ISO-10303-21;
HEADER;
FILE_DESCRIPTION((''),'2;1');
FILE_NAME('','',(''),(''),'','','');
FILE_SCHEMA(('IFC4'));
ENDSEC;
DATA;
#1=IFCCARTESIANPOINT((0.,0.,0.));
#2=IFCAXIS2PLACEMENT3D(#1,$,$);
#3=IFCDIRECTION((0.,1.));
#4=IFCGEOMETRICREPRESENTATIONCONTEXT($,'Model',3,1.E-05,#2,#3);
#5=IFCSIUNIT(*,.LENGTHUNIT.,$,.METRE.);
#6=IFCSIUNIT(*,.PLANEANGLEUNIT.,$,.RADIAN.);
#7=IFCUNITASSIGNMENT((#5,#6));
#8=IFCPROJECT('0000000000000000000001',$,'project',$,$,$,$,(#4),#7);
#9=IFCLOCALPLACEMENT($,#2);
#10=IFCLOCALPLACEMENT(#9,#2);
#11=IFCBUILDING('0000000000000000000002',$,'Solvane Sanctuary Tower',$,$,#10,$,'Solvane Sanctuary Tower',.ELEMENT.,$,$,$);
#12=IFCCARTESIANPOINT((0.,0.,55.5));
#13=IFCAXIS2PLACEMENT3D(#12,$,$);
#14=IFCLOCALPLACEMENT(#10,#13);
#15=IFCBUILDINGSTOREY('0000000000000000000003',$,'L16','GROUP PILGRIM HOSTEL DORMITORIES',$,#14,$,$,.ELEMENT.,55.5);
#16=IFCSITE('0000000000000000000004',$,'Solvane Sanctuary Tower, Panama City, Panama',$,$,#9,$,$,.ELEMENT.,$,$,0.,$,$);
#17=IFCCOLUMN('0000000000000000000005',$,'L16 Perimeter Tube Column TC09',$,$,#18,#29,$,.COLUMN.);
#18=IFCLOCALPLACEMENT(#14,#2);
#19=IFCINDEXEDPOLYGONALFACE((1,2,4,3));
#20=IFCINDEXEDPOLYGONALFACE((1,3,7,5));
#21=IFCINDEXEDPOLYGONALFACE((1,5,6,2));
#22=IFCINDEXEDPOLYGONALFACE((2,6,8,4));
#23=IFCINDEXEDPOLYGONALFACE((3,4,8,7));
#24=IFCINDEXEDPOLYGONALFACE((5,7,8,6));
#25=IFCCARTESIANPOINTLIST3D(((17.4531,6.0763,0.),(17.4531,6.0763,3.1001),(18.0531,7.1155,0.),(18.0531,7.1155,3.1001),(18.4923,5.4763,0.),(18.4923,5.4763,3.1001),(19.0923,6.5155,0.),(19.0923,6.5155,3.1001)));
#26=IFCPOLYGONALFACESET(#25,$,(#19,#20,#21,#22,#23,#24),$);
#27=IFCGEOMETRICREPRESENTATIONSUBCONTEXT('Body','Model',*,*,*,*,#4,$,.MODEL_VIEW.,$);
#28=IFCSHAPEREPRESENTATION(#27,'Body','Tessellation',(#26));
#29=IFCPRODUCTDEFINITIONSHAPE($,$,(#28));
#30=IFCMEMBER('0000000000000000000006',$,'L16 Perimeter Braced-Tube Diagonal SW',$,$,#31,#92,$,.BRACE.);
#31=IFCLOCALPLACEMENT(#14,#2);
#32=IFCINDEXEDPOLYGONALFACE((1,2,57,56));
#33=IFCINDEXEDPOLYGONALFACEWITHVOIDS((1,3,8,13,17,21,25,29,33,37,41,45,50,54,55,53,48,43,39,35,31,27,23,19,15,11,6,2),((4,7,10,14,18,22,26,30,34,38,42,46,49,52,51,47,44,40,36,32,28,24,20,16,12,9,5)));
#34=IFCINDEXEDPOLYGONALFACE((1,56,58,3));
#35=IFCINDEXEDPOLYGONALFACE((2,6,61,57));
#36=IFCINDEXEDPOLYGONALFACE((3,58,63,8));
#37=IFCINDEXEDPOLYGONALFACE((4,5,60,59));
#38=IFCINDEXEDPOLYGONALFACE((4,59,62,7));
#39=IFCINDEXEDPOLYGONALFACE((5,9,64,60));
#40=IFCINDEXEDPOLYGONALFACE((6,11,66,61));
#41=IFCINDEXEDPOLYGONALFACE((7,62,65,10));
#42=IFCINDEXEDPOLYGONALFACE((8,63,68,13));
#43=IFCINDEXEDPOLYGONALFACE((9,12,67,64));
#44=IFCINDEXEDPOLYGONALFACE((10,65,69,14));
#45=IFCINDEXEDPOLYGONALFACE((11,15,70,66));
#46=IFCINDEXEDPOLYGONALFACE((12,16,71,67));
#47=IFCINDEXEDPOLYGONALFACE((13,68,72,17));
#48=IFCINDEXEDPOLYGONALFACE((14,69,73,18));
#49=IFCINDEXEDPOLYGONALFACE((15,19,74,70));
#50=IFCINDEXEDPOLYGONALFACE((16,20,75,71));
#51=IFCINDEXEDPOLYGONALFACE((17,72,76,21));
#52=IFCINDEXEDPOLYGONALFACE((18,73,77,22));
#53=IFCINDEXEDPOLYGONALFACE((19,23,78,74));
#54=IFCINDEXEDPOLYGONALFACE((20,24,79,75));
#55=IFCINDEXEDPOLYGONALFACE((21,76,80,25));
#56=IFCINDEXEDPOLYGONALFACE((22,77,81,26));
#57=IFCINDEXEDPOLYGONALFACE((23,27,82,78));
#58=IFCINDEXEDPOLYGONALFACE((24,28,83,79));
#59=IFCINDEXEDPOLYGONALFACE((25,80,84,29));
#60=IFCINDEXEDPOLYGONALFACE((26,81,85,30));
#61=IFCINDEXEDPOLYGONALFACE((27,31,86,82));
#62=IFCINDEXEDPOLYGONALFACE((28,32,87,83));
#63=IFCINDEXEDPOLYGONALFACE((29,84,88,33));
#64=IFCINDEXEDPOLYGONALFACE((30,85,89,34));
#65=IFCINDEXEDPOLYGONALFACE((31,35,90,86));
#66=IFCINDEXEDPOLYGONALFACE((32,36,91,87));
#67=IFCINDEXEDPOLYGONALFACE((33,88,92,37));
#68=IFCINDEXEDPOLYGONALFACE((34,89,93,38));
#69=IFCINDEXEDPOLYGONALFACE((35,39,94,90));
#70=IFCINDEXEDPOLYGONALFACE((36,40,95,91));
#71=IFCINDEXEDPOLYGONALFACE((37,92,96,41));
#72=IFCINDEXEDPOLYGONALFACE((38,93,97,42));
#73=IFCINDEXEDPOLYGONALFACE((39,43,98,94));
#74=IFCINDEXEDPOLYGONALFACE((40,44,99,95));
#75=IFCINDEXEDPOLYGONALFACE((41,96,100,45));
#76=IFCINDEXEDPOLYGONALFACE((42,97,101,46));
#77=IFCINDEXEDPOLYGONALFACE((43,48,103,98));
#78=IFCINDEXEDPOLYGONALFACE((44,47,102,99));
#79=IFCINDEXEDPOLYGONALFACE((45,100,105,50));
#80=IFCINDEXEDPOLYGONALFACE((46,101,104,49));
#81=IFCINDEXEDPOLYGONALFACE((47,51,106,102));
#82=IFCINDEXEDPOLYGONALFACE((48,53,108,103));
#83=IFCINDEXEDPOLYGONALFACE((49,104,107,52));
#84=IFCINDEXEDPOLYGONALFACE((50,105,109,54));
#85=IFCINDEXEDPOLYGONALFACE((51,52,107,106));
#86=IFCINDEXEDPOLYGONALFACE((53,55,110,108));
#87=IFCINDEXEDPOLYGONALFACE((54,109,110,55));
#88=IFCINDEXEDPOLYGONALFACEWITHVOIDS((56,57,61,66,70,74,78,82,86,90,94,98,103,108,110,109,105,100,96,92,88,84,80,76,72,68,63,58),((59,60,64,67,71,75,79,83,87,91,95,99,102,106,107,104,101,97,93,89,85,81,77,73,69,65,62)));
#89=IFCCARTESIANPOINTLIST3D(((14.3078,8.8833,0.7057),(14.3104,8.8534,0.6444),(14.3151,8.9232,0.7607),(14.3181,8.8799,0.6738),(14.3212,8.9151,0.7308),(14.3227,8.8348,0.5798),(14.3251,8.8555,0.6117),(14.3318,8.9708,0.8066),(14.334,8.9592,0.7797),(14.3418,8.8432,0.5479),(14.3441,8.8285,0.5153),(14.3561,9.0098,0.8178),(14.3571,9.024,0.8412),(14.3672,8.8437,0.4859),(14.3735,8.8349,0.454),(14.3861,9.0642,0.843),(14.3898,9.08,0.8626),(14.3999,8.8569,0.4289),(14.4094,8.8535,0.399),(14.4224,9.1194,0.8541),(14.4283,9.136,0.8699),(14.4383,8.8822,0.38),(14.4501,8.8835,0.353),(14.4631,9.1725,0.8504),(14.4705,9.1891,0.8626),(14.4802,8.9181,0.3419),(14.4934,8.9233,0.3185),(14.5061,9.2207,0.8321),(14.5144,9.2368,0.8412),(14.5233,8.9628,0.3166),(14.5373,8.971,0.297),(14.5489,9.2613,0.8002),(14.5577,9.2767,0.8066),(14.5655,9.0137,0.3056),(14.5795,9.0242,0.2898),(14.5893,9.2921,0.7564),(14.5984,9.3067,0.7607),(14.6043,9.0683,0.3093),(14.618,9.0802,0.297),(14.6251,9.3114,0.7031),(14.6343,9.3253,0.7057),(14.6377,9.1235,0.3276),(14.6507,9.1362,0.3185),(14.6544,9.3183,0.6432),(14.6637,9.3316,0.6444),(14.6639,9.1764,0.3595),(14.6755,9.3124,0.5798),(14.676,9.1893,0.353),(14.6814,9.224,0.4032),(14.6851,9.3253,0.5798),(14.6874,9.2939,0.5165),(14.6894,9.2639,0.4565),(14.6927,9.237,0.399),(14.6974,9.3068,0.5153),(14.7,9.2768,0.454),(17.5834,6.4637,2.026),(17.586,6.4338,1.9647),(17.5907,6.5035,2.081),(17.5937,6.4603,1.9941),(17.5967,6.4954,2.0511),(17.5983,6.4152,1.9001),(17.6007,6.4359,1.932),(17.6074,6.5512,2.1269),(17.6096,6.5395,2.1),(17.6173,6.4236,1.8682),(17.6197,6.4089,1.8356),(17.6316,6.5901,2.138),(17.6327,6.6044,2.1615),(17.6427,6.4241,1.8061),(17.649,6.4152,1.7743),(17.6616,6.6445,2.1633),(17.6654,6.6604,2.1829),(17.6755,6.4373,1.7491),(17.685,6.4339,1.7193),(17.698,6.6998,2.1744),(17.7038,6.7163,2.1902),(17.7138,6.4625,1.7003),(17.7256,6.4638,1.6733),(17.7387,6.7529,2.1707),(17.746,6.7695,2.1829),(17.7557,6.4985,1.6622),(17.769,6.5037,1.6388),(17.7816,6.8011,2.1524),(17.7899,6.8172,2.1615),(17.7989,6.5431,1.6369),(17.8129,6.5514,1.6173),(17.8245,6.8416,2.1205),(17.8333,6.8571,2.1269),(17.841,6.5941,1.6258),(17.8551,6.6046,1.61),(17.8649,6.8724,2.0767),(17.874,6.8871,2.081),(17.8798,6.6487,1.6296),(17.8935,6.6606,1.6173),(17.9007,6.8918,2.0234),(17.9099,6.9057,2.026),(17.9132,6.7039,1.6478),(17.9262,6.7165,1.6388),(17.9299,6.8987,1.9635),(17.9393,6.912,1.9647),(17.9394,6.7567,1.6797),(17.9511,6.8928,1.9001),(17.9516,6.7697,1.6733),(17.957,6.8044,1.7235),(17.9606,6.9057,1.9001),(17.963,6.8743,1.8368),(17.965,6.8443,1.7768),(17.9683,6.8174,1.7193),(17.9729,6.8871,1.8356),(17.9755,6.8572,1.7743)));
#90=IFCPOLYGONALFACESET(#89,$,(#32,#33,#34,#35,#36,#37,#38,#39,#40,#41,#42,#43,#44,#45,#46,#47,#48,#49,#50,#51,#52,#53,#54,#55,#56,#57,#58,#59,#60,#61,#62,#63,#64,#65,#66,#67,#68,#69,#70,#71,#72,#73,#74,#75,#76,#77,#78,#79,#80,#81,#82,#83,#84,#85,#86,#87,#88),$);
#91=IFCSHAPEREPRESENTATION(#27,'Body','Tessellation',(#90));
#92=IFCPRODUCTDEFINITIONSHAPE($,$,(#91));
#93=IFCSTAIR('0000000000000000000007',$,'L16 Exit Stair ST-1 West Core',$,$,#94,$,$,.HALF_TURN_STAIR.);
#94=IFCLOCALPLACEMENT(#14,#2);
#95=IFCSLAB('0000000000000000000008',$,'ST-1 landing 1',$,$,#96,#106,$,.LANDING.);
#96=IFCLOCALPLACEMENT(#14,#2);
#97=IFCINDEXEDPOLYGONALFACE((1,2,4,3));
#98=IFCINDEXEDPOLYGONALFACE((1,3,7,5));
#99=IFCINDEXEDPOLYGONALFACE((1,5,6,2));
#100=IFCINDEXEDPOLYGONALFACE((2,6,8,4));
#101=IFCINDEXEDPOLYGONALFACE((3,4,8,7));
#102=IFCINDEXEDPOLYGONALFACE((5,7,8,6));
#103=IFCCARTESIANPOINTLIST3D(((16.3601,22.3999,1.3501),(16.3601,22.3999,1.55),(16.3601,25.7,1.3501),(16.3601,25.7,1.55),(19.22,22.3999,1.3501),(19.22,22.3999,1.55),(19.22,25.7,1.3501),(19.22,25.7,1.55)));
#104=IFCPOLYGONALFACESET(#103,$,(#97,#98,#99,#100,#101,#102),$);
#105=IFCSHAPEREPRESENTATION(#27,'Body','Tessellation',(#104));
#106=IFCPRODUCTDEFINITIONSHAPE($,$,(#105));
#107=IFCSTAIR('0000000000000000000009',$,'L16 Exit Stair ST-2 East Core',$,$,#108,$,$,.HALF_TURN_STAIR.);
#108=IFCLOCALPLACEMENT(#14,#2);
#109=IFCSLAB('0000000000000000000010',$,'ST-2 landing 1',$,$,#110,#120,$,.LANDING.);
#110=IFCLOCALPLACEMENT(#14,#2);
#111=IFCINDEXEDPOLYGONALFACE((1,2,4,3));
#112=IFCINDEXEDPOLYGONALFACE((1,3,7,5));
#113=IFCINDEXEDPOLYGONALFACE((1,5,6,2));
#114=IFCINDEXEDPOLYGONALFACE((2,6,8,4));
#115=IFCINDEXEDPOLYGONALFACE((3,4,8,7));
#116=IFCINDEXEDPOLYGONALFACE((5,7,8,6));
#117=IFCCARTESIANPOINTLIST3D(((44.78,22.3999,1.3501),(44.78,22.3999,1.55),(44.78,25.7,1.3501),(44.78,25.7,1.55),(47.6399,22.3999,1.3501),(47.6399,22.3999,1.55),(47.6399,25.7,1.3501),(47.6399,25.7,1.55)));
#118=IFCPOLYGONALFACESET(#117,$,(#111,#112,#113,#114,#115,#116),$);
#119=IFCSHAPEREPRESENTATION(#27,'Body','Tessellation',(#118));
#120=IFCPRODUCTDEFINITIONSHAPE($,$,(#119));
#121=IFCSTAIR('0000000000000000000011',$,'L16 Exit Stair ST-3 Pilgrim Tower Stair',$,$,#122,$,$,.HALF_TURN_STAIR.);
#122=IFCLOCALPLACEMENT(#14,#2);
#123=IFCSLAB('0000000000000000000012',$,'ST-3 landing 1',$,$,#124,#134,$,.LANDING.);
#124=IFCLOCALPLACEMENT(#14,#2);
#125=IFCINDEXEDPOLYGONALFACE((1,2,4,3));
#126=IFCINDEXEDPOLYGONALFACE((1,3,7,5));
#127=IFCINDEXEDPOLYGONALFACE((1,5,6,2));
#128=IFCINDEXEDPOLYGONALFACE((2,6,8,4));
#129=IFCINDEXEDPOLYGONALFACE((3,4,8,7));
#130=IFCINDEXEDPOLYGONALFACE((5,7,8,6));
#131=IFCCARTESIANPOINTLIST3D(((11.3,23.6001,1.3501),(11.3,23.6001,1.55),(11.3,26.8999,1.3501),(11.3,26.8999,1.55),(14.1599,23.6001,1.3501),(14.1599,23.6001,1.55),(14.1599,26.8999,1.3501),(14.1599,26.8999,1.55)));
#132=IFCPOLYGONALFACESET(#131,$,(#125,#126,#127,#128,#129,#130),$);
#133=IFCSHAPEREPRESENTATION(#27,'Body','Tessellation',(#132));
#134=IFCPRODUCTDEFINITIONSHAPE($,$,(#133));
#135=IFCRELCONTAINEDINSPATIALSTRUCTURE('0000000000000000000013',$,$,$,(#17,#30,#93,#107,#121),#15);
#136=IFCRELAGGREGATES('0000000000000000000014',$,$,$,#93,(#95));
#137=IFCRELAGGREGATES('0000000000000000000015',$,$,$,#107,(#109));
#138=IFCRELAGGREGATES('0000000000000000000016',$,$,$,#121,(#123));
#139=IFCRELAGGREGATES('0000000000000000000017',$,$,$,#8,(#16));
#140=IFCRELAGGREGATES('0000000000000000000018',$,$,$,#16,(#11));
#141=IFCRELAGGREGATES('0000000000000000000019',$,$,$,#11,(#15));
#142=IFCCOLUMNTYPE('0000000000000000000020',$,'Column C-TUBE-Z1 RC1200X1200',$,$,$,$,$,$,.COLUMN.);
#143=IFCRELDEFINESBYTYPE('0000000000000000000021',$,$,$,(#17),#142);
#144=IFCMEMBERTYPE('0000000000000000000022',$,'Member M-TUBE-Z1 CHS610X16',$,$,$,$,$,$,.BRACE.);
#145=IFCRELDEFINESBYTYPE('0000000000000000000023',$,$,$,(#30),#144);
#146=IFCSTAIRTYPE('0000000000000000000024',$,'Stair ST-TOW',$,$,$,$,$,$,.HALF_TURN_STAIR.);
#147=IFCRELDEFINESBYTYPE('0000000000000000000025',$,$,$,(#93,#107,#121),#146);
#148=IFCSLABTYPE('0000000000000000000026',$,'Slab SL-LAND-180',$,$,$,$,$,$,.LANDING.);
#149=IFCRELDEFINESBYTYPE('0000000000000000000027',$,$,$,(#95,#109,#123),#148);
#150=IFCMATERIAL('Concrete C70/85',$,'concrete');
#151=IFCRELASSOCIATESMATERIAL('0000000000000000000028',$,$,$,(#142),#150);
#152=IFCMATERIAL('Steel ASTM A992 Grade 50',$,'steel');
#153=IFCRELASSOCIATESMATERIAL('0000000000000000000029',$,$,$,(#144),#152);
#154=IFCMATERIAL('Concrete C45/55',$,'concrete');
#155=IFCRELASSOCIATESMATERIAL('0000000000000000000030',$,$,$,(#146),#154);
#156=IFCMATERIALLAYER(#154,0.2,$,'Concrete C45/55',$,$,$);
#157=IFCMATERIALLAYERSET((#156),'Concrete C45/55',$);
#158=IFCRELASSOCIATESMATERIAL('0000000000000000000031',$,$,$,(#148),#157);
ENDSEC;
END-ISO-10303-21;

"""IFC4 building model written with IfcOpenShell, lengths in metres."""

from ifc_helpers import new_model, si_unit, direction, frame, origin, origin_2d, place, context, subcontext, project, spatial, polyline, rectangle, hollow_circle, outline, extrude, material, layer, layer_set, material_profile, profile_set, type_object, element, aggregate, save


model = new_model("IFC4")

# Units and contexts
model_context = context("Model", 3, precision=1e-05, world=origin(), true_north=direction((0.0, 1.0)))
body_context = subcontext(model_context, "Body", "Model", "MODEL_VIEW")
ifc_project = project(units=[si_unit("LENGTHUNIT", "METRE"), si_unit("PLANEANGLEUNIT", "RADIAN")], contexts=[model_context])

# Site, building, storey
site_placement = place(None, origin())
site = spatial("IfcSite", under=ifc_project, at=site_placement, Name="Solvane Sanctuary Tower, Panama City, Panama", CompositionType="ELEMENT", RefElevation=0.0)
building_placement = place(site_placement, origin())
building = spatial("IfcBuilding", under=site, at=building_placement, Name="Solvane Sanctuary Tower", LongName="Solvane Sanctuary Tower", CompositionType="ELEMENT")
storey_placement = place(building_placement, frame((0.0, 0.0, 55.5)))
storey = spatial("IfcBuildingStorey", under=building, at=storey_placement, Name="L16", Description="GROUP PILGRIM HOSTEL DORMITORIES", CompositionType="ELEMENT", Elevation=55.5)

# Column
ifc_material_1 = material(Name="Concrete C70/85", Category="concrete")
ifc_material_profile_1 = material_profile(ifc_material_1, rectangle(XDim=1.2, YDim=1.2, at=origin_2d()), Name="RC1200X1200")
ifc_profile_set_1 = profile_set([ifc_material_profile_1], Name="Concrete C70/85")
column_type = type_object("IfcColumnType", Name="Column C-TUBE-Z1 RC1200X1200", PredefinedType="COLUMN", material=ifc_profile_set_1)
column_placement = place(storey_placement, frame((18.2727, 6.2959, 0.0), z_axis=(0.0, 0.0, 1.0), x_axis=(-0.5, -0.866025, 0.0)))
element("IfcColumn", 1, at=column_placement, inside=storey, type_object=column_type, Name="L16 Perimeter Tube Column TC09", PredefinedType="COLUMN", context=body_context, shape_type="SweptSolid", body=[
    extrude(rectangle(XDim=1.2, YDim=1.2, at=origin_2d()), origin(), (0.0, 0.0, 1.0), 3.1001),
])

# Member
ifc_material_2 = material(Name="Steel ASTM A992 Grade 50", Category="steel")
ifc_material_profile_2 = material_profile(ifc_material_2, hollow_circle(Radius=0.3049, WallThickness=0.0161, at=origin_2d()), Name="CHS610X16")
ifc_profile_set_2 = profile_set([ifc_material_profile_2], Name="Steel ASTM A992 Grade 50")
member_type = type_object("IfcMemberType", Name="Member M-TUBE-Z1 CHS610X16", PredefinedType="BRACE", material=ifc_profile_set_2)
member_placement = place(storey_placement, frame((14.5039, 9.0801, 0.5798), z_axis=(0.765138, -0.5652, 0.308405), x_axis=(0.594162, 0.804346, 0.0)))
element("IfcMember", 2, at=member_placement, inside=storey, type_object=member_type, Name="L16 Perimeter Braced-Tube Diagonal SW", PredefinedType="BRACE", context=body_context, shape_type="SweptSolid", body=[
    extrude(hollow_circle(Radius=0.3049, WallThickness=0.0161, at=origin_2d()), origin(), (0.0, 0.0, 1.0), 4.281),
])

# Stairs, slabs
ifc_material_3 = material(Name="Concrete C45/55", Category="concrete")
stair_type = type_object("IfcStairType", Name="Stair ST-TOW", PredefinedType="HALF_TURN_STAIR", material=ifc_material_3)
stair_1_placement = place(storey_placement, origin())
stair_1 = element("IfcStair", 3, at=stair_1_placement, inside=storey, type_object=stair_type, Name="L16 Exit Stair ST-1 West Core", PredefinedType="HALF_TURN_STAIR")
ifc_layer_1 = layer(ifc_material_3, 0.2, Name="Concrete C45/55")
ifc_layer_set_1 = layer_set([ifc_layer_1], Name="Concrete C45/55")
slab_type_1 = type_object("IfcSlabType", Name="Slab SL-LAND-180", PredefinedType="LANDING", material=ifc_layer_set_1)
slab_1_placement = place(storey_placement, frame((0.0, 0.0, 1.3501)))
slab_1 = element("IfcSlab", 4, at=slab_1_placement, type_object=slab_type_1, Name="ST-1 landing 1", PredefinedType="LANDING", context=body_context, shape_type="SweptSolid", body=[
    extrude(outline(polyline([(19.22, 22.3999), (19.22, 25.7), (16.3601, 25.7), (16.3601, 22.3999), (19.22, 22.3999)])), origin(), (0.0, 0.0, 1.0), 0.2),
])
aggregate(stair_1, [slab_1])
stair_2_placement = place(storey_placement, origin())
stair_2 = element("IfcStair", 5, at=stair_2_placement, inside=storey, type_object=stair_type, Name="L16 Exit Stair ST-2 East Core", PredefinedType="HALF_TURN_STAIR")
slab_2_placement = place(storey_placement, frame((0.0, 0.0, 1.3501)))
slab_2 = element("IfcSlab", 6, at=slab_2_placement, type_object=slab_type_1, Name="ST-2 landing 1", PredefinedType="LANDING", context=body_context, shape_type="SweptSolid", body=[
    extrude(outline(polyline([(47.6399, 22.3999), (47.6399, 25.7), (44.78, 25.7), (44.78, 22.3999), (47.6399, 22.3999)])), origin(), (0.0, 0.0, 1.0), 0.2),
])
aggregate(stair_2, [slab_2])
stair_3_placement = place(storey_placement, origin())
stair_3 = element("IfcStair", 7, at=stair_3_placement, inside=storey, type_object=stair_type, Name="L16 Exit Stair ST-3 Pilgrim Tower Stair", PredefinedType="HALF_TURN_STAIR")
slab_3_placement = place(storey_placement, frame((0.0, 0.0, 1.3501)))
slab_3 = element("IfcSlab", 8, at=slab_3_placement, type_object=slab_type_1, Name="ST-3 landing 1", PredefinedType="LANDING", context=body_context, shape_type="SweptSolid", body=[
    extrude(outline(polyline([(14.1599, 23.6001), (14.1599, 26.8999), (11.3, 26.8999), (11.3, 23.6001), (14.1599, 23.6001)])), origin(), (0.0, 0.0, 1.0), 0.2),
])
aggregate(stair_3, [slab_3])

save(model, "model.ifc")
